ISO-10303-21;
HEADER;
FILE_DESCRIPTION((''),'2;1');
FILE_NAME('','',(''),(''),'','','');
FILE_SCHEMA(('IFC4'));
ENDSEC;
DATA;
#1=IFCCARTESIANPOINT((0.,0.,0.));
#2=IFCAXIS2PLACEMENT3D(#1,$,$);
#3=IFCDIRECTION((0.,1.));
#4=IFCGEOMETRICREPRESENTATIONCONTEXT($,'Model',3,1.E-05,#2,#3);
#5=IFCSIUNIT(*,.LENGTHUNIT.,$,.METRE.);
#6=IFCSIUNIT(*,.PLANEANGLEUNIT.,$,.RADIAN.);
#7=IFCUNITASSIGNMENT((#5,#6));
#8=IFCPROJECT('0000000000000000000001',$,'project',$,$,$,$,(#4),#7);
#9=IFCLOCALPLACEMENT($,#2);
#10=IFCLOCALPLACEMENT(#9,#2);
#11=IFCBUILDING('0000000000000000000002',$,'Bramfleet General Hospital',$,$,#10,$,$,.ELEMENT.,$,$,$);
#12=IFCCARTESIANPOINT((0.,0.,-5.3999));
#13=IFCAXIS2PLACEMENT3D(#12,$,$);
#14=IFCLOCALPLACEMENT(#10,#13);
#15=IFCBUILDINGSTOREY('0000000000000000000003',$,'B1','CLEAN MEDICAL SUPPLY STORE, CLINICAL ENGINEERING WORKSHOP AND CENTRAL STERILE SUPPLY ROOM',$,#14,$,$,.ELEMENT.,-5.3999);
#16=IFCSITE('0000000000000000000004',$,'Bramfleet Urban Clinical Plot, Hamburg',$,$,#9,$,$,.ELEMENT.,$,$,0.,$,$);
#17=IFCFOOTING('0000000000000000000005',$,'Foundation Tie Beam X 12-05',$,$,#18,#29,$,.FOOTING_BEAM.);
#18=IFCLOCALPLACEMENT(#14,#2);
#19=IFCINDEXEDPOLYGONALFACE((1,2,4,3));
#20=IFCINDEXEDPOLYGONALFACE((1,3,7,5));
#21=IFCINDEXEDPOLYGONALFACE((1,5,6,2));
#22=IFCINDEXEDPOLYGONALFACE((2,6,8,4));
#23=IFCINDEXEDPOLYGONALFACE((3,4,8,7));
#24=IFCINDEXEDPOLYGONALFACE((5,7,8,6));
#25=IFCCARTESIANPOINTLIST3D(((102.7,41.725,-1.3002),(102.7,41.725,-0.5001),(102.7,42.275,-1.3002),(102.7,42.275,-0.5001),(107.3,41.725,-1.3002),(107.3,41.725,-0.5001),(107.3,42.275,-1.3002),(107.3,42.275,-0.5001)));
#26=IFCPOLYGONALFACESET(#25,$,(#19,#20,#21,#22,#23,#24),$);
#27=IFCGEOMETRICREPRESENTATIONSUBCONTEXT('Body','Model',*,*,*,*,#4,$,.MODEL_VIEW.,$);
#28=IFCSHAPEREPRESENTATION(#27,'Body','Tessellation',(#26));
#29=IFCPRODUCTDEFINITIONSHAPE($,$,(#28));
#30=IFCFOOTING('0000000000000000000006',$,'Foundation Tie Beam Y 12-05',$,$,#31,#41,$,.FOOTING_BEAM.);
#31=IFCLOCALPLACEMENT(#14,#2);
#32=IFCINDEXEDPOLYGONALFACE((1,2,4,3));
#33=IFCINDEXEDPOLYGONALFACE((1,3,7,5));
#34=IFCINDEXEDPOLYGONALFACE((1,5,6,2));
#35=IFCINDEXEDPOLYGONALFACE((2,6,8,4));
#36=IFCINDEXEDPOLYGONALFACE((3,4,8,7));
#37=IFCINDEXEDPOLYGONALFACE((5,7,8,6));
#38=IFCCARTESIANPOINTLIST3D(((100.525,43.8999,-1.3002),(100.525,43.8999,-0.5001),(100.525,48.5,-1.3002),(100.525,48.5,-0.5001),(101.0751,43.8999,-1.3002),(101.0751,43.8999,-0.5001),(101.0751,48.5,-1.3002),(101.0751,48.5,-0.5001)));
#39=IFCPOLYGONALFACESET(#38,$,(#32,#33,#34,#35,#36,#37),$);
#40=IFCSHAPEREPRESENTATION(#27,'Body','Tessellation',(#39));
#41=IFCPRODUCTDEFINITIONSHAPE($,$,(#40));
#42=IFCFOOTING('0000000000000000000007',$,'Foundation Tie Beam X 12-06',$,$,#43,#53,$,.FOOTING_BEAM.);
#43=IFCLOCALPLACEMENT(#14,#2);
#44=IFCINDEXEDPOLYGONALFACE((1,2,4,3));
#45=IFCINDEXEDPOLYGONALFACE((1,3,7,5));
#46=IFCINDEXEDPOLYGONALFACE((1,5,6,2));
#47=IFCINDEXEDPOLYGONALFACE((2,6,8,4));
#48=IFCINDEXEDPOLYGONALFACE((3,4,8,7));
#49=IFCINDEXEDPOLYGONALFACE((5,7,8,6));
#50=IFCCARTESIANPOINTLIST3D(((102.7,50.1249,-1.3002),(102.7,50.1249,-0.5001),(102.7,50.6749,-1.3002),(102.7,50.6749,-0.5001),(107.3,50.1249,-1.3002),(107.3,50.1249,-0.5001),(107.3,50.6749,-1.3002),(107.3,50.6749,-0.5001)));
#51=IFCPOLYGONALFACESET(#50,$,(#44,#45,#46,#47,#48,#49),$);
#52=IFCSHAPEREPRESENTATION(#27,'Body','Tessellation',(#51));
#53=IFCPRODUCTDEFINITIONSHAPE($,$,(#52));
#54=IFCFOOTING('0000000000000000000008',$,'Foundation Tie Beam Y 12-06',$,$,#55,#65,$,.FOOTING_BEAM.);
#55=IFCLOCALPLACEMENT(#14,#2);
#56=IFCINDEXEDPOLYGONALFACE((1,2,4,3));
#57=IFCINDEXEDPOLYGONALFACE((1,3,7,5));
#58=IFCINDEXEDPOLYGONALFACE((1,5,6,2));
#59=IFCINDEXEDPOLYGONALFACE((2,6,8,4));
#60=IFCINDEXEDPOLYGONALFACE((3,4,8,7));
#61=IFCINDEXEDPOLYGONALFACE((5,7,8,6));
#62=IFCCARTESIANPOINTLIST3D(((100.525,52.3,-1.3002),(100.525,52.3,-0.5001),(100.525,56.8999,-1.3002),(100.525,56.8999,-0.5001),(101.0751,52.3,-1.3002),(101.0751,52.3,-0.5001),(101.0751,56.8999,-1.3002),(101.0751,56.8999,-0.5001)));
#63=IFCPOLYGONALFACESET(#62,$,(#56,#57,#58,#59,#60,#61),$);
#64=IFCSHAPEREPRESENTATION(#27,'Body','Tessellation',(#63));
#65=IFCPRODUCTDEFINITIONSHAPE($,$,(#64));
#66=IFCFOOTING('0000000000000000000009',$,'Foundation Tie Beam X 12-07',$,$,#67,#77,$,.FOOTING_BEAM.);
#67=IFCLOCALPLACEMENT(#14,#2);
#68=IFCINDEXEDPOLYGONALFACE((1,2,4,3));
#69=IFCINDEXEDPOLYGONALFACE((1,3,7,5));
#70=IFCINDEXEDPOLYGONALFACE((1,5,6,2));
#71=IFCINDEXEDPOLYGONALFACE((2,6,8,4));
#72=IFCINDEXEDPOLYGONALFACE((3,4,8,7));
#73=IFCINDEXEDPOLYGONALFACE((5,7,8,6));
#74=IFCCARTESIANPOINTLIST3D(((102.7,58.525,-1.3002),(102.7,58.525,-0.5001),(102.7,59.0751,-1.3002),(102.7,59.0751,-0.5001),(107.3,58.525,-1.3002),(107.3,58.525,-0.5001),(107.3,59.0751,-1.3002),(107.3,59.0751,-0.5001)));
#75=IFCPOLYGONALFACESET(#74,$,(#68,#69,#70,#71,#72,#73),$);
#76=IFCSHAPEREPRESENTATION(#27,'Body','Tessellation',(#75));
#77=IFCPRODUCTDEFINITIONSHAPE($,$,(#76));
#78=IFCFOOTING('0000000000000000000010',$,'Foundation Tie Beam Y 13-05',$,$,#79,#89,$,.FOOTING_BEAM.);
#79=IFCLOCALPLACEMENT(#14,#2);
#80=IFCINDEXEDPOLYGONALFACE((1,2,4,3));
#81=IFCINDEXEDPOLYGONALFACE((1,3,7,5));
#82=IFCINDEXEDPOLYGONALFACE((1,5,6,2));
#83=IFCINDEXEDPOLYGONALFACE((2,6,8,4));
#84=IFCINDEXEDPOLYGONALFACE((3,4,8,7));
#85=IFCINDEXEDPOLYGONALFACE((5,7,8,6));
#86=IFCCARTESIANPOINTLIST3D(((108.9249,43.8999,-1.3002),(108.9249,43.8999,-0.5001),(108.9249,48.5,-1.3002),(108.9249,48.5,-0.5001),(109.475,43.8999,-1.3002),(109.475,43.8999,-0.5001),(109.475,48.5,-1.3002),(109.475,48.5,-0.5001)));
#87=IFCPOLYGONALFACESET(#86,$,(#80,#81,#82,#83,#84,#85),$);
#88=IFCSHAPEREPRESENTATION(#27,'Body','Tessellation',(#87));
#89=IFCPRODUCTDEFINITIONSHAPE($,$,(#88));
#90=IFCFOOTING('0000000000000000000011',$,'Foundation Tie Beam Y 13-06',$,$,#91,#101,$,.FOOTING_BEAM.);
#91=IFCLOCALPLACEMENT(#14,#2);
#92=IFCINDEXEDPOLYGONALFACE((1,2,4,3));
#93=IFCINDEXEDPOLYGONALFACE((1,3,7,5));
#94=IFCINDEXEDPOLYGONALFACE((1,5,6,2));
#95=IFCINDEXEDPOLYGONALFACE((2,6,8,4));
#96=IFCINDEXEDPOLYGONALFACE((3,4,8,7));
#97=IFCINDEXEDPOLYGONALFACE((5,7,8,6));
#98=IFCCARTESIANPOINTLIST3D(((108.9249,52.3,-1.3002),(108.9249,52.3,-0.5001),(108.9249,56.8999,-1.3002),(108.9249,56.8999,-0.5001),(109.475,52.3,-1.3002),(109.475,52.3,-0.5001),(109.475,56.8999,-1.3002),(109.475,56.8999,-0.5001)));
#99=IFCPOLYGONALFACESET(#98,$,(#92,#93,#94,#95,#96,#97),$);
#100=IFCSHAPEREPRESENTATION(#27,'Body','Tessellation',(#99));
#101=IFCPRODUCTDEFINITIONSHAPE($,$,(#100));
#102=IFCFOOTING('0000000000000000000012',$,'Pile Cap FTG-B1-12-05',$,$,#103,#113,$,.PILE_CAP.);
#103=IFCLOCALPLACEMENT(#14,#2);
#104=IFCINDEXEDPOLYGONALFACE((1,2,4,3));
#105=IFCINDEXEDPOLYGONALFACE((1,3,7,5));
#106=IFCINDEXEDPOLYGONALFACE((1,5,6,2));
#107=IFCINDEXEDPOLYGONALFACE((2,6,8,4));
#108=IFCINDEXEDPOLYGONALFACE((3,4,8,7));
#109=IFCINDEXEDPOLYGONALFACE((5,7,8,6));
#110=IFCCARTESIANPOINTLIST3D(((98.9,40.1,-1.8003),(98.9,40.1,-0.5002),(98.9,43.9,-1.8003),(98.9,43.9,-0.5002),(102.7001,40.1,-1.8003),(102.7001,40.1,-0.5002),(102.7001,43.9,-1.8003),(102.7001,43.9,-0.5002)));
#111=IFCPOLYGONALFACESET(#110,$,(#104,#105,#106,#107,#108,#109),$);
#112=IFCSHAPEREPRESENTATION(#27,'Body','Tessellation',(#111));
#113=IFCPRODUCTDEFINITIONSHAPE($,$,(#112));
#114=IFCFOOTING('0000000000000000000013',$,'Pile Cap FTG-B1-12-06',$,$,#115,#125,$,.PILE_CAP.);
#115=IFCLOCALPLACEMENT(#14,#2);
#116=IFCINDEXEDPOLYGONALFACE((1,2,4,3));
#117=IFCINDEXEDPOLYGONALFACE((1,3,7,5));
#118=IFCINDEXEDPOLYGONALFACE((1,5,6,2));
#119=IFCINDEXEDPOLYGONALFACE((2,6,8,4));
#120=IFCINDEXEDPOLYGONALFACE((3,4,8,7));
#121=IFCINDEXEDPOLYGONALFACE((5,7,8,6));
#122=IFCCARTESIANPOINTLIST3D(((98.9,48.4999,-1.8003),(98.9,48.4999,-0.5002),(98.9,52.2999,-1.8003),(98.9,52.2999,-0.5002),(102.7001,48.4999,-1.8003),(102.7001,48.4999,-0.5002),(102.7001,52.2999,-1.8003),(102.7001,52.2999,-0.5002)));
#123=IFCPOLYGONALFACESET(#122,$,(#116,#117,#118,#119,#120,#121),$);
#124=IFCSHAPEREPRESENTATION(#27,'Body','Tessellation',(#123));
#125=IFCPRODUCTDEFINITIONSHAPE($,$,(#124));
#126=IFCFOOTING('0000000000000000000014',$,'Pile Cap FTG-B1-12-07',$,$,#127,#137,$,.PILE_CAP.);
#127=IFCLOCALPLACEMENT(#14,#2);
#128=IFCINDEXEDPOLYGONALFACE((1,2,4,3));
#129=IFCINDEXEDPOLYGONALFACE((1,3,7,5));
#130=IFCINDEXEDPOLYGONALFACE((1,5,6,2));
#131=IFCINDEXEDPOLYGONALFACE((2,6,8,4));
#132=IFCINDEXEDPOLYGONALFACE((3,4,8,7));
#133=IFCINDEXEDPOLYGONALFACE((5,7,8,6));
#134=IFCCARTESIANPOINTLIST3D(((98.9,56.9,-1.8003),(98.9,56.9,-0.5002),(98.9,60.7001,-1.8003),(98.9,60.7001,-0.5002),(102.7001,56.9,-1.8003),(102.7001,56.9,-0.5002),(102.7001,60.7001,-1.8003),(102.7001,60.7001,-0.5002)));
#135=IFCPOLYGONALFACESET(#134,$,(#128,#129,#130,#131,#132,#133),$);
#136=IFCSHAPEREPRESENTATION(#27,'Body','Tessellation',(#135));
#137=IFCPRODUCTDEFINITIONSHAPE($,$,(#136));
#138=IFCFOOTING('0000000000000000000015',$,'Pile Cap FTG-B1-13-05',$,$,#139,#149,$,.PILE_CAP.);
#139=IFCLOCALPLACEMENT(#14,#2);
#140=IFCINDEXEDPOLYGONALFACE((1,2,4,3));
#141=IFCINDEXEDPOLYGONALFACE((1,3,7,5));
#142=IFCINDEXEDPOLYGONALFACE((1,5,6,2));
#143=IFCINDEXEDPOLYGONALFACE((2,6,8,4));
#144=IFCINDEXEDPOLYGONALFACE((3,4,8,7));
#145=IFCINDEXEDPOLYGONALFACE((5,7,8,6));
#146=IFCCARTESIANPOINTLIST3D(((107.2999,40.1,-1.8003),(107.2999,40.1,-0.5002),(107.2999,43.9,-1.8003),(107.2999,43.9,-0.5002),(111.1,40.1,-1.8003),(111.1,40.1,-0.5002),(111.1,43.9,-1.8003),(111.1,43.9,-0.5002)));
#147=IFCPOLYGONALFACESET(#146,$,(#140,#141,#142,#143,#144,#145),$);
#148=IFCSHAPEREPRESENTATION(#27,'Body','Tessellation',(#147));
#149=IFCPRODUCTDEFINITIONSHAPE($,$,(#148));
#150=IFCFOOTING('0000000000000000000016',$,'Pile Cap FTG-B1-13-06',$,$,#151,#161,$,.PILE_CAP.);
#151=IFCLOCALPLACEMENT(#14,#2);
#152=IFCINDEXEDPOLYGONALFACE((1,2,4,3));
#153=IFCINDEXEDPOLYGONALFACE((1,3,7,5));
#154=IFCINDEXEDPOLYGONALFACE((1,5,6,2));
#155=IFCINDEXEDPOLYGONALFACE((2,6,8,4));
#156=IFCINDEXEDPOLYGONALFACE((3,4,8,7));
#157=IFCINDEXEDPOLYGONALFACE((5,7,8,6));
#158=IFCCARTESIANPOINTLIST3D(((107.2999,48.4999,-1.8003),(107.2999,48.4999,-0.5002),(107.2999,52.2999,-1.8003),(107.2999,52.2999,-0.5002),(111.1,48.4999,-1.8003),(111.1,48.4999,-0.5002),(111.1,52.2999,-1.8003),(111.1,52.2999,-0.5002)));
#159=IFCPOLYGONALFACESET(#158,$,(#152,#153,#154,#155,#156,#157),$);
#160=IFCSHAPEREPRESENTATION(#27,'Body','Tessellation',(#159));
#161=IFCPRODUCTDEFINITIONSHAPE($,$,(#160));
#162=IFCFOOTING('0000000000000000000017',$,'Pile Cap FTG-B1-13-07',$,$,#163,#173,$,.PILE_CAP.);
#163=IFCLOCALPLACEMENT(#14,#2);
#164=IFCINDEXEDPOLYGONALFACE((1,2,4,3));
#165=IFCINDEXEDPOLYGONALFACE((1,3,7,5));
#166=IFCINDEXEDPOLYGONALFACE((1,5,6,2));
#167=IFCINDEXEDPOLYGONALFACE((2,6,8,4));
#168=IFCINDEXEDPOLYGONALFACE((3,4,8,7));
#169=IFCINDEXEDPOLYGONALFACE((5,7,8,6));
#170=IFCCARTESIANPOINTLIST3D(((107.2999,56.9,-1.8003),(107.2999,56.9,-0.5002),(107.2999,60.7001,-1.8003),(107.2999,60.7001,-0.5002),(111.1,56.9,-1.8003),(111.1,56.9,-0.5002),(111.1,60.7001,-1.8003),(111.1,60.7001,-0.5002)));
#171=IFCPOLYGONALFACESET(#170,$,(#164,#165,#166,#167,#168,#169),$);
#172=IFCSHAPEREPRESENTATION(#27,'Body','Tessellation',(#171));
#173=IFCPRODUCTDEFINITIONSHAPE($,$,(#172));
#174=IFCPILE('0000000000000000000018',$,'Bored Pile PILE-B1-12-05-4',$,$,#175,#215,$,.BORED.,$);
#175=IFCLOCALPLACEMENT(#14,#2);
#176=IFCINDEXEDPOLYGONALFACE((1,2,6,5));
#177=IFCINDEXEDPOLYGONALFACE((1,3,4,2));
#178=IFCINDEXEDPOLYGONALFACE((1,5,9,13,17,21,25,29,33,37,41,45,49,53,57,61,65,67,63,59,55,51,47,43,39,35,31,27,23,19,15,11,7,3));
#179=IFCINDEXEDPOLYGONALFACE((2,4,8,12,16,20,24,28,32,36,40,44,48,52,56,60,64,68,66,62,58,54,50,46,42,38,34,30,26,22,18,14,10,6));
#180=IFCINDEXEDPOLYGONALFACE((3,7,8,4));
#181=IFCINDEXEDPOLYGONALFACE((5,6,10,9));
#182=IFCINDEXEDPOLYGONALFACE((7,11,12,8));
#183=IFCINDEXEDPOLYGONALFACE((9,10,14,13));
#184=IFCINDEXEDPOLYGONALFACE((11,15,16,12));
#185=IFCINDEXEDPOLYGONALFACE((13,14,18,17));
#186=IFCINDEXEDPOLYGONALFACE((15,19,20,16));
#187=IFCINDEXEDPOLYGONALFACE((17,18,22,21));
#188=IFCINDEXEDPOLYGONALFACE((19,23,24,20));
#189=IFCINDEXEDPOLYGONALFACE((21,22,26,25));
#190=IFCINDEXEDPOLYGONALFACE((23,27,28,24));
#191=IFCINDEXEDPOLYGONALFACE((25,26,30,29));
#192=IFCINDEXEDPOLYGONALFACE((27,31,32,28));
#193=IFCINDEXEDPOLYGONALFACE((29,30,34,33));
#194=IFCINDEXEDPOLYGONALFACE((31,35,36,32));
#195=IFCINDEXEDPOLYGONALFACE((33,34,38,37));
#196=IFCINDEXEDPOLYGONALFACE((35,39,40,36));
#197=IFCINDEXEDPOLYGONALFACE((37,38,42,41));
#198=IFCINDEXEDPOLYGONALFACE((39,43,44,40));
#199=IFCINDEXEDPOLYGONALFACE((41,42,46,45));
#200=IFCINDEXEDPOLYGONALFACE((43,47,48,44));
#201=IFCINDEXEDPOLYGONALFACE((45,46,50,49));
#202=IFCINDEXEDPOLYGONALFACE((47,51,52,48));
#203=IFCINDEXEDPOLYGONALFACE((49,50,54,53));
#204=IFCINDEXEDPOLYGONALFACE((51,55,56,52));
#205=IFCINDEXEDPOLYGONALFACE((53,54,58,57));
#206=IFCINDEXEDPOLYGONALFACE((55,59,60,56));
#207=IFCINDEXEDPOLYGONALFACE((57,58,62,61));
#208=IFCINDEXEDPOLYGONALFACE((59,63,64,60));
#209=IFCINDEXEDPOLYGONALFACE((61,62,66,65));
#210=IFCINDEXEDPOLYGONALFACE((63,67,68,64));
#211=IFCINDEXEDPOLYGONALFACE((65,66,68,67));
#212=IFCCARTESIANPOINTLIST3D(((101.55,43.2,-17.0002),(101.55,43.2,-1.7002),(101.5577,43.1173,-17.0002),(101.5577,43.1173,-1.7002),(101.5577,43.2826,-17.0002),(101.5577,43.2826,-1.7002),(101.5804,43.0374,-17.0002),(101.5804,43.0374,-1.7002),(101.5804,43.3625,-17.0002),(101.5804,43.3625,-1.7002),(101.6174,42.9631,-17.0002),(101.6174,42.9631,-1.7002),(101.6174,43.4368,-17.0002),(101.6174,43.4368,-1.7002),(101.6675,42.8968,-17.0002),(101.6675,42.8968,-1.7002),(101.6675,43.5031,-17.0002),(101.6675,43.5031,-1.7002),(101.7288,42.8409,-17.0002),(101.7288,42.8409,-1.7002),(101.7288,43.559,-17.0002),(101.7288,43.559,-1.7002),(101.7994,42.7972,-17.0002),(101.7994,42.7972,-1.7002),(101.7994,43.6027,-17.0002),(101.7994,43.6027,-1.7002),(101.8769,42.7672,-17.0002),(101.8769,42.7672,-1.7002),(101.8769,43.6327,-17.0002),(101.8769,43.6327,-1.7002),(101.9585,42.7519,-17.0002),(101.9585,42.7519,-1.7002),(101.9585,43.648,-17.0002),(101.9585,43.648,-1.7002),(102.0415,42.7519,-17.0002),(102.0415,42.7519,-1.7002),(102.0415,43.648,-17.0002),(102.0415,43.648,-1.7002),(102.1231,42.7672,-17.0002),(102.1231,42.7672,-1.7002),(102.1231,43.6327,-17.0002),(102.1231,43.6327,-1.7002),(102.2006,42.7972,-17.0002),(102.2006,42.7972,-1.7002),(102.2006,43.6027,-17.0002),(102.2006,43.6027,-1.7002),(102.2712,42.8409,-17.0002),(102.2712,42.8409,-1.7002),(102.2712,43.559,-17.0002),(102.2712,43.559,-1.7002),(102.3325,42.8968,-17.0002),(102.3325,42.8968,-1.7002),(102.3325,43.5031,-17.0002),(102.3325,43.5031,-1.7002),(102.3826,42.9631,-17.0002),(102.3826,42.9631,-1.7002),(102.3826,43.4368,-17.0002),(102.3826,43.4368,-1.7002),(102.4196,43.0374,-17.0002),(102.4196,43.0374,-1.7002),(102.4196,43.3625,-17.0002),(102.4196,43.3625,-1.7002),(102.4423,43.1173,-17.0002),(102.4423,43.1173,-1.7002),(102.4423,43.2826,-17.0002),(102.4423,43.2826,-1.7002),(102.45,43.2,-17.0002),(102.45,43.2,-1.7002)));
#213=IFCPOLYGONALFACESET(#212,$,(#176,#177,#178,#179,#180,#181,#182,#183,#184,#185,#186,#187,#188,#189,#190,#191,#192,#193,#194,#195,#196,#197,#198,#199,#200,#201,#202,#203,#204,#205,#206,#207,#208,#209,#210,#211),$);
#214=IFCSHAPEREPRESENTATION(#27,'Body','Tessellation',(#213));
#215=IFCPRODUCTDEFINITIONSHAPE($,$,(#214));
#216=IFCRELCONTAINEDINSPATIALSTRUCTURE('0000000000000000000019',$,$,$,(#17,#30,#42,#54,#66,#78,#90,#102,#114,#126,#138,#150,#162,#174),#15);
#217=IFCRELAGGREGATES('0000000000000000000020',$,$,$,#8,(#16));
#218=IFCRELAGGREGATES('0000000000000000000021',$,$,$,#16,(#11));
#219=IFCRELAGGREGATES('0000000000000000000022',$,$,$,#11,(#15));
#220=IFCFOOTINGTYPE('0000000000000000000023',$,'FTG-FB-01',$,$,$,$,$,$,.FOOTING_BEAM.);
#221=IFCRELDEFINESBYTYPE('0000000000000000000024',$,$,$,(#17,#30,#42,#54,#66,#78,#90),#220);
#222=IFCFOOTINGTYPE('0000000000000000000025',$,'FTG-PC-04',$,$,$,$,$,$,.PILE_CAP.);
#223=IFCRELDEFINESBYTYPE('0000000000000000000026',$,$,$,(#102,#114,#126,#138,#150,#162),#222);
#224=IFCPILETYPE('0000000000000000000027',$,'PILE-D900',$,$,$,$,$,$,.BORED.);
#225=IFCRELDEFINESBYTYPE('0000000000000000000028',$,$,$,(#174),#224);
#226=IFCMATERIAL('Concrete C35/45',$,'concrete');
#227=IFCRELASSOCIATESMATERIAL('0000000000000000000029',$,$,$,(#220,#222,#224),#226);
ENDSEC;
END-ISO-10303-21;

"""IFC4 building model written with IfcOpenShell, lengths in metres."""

from ifc_helpers import new_model, si_unit, direction, frame, origin, origin_2d, place, context, subcontext, project, spatial, rectangle, circle, extrude, material, material_profile, profile_set, type_object, element, save


model = new_model("IFC4")

# Units and contexts
model_context = context("Model", 3, precision=1e-05, world=origin(), true_north=direction((0.0, 1.0)))
body_context = subcontext(model_context, "Body", "Model", "MODEL_VIEW")
ifc_project = project(units=[si_unit("LENGTHUNIT", "METRE"), si_unit("PLANEANGLEUNIT", "RADIAN")], contexts=[model_context])

# Site, building, storey
site_placement = place(None, origin())
site = spatial("IfcSite", under=ifc_project, at=site_placement, Name="Bramfleet Urban Clinical Plot, Hamburg", CompositionType="ELEMENT", RefElevation=0.0)
building_placement = place(site_placement, origin())
building = spatial("IfcBuilding", under=site, at=building_placement, Name="Bramfleet General Hospital", CompositionType="ELEMENT")
storey_placement = place(building_placement, frame((0.0, 0.0, -5.3999)))
storey = spatial("IfcBuildingStorey", under=building, at=storey_placement, Name="B1", Description="CLEAN MEDICAL SUPPLY STORE, CLINICAL ENGINEERING WORKSHOP AND CENTRAL STERILE SUPPLY ROOM", CompositionType="ELEMENT", Elevation=-5.3999)

# Footings
ifc_material_1 = material(Name="Concrete C35/45", Category="concrete")
ifc_material_profile_1 = material_profile(ifc_material_1, rectangle(XDim=0.55, YDim=0.8, at=origin_2d()), Name="RC FB 800x550")
ifc_profile_set_1 = profile_set([ifc_material_profile_1], Name="Concrete C35/45")
footing_type_1 = type_object("IfcFootingType", Name="FTG-FB-01", PredefinedType="FOOTING_BEAM", material=ifc_profile_set_1)
for number, where, z_axis, x_axis, name in (
    (1, (102.7, 42.0, -0.9001), (1.0, 0.0, 0.0), (0.0, 1.0, 0.0), "Foundation Tie Beam X 12-05"),
    (2, (100.8, 43.8999, -0.9001), (0.0, 1.0, 0.0), (-1.0, 0.0, 0.0), "Foundation Tie Beam Y 12-05"),
    (3, (102.7, 50.3999, -0.9001), (1.0, 0.0, 0.0), (0.0, 1.0, 0.0), "Foundation Tie Beam X 12-06"),
):
    element("IfcFooting", number, at=place(storey_placement, frame(where, z_axis=z_axis, x_axis=x_axis)), inside=storey, type_object=footing_type_1, Name=name, PredefinedType="FOOTING_BEAM", context=body_context, shape_type="SweptSolid", body=[
        extrude(rectangle(XDim=0.55, YDim=0.8, at=origin_2d()), origin(), (0.0, 0.0, 1.0), 4.6001),
    ])
footing_1_placement = place(storey_placement, frame((100.8, 52.3, -0.9001), z_axis=(0.0, 1.0, 0.0), x_axis=(-1.0, 0.0, 0.0)))
element("IfcFooting", 4, at=footing_1_placement, inside=storey, type_object=footing_type_1, Name="Foundation Tie Beam Y 12-06", PredefinedType="FOOTING_BEAM", context=body_context, shape_type="SweptSolid", body=[
    extrude(rectangle(XDim=0.55, YDim=0.8, at=origin_2d()), origin(), (0.0, 0.0, 1.0), 4.5999),
])
for number, where, z_axis, x_axis, name in (
    (5, (102.7, 58.8, -0.9001), (1.0, 0.0, 0.0), (0.0, 1.0, 0.0), "Foundation Tie Beam X 12-07"),
    (6, (109.2, 43.8999, -0.9001), (0.0, 1.0, 0.0), (-1.0, 0.0, 0.0), "Foundation Tie Beam Y 13-05"),
):
    element("IfcFooting", number, at=place(storey_placement, frame(where, z_axis=z_axis, x_axis=x_axis)), inside=storey, type_object=footing_type_1, Name=name, PredefinedType="FOOTING_BEAM", context=body_context, shape_type="SweptSolid", body=[
        extrude(rectangle(XDim=0.55, YDim=0.8, at=origin_2d()), origin(), (0.0, 0.0, 1.0), 4.6001),
    ])
footing_2_placement = place(storey_placement, frame((109.2, 52.3, -0.9001), z_axis=(0.0, 1.0, 0.0), x_axis=(-1.0, 0.0, 0.0)))
element("IfcFooting", 7, at=footing_2_placement, inside=storey, type_object=footing_type_1, Name="Foundation Tie Beam Y 13-06", PredefinedType="FOOTING_BEAM", context=body_context, shape_type="SweptSolid", body=[
    extrude(rectangle(XDim=0.55, YDim=0.8, at=origin_2d()), origin(), (0.0, 0.0, 1.0), 4.5999),
])
footing_type_2 = type_object("IfcFootingType", Name="FTG-PC-04", PredefinedType="PILE_CAP", material=ifc_material_1)
for number, where, z_axis, x_axis, name in (
    (8, (100.8, 42.0, -1.8003), (0.0, 0.0, 1.0), (1.0, 0.0, 0.0), "Pile Cap FTG-B1-12-05"),
    (9, (100.8, 50.3999, -1.8003), (0.0, 0.0, 1.0), (1.0, 0.0, 0.0), "Pile Cap FTG-B1-12-06"),
    (10, (100.8, 58.8, -1.8003), (0.0, 0.0, 1.0), (1.0, 0.0, 0.0), "Pile Cap FTG-B1-12-07"),
    (11, (109.2, 42.0, -1.8003), (0.0, 0.0, 1.0), (1.0, 0.0, 0.0), "Pile Cap FTG-B1-13-05"),
    (12, (109.2, 50.3999, -1.8003), (0.0, 0.0, 1.0), (1.0, 0.0, 0.0), "Pile Cap FTG-B1-13-06"),
    (13, (109.2, 58.8, -1.8003), (0.0, 0.0, 1.0), (1.0, 0.0, 0.0), "Pile Cap FTG-B1-13-07"),
):
    element("IfcFooting", number, at=place(storey_placement, frame(where, z_axis=z_axis, x_axis=x_axis)), inside=storey, type_object=footing_type_2, Name=name, PredefinedType="PILE_CAP", context=body_context, shape_type="SweptSolid", body=[
        extrude(rectangle(XDim=3.8, YDim=3.8, at=origin_2d()), origin(), (0.0, 0.0, 1.0), 1.3),
    ])

# Pile
ifc_material_profile_2 = material_profile(ifc_material_1, circle(Radius=0.45, at=origin_2d()), Name="PILE BORED D900")
ifc_profile_set_2 = profile_set([ifc_material_profile_2], Name="Concrete C35/45")
pile_type = type_object("IfcPileType", Name="PILE-D900", PredefinedType="BORED", material=ifc_profile_set_2)
for number, where, z_axis, x_axis, name in (
    (14, (102.0, 43.2, -1.7002), (0.0, 0.0, -1.0), (1.0, 0.0, 0.0), "Bored Pile PILE-B1-12-05-4"),
):
    element("IfcPile", number, at=place(storey_placement, frame(where, z_axis=z_axis, x_axis=x_axis)), inside=storey, type_object=pile_type, Name=name, PredefinedType="BORED", context=body_context, shape_type="SweptSolid", body=[
        extrude(circle(Radius=0.45, at=origin_2d()), origin(), (0.0, 0.0, 1.0), 15.3),
    ])

save(model, "model.ifc")
